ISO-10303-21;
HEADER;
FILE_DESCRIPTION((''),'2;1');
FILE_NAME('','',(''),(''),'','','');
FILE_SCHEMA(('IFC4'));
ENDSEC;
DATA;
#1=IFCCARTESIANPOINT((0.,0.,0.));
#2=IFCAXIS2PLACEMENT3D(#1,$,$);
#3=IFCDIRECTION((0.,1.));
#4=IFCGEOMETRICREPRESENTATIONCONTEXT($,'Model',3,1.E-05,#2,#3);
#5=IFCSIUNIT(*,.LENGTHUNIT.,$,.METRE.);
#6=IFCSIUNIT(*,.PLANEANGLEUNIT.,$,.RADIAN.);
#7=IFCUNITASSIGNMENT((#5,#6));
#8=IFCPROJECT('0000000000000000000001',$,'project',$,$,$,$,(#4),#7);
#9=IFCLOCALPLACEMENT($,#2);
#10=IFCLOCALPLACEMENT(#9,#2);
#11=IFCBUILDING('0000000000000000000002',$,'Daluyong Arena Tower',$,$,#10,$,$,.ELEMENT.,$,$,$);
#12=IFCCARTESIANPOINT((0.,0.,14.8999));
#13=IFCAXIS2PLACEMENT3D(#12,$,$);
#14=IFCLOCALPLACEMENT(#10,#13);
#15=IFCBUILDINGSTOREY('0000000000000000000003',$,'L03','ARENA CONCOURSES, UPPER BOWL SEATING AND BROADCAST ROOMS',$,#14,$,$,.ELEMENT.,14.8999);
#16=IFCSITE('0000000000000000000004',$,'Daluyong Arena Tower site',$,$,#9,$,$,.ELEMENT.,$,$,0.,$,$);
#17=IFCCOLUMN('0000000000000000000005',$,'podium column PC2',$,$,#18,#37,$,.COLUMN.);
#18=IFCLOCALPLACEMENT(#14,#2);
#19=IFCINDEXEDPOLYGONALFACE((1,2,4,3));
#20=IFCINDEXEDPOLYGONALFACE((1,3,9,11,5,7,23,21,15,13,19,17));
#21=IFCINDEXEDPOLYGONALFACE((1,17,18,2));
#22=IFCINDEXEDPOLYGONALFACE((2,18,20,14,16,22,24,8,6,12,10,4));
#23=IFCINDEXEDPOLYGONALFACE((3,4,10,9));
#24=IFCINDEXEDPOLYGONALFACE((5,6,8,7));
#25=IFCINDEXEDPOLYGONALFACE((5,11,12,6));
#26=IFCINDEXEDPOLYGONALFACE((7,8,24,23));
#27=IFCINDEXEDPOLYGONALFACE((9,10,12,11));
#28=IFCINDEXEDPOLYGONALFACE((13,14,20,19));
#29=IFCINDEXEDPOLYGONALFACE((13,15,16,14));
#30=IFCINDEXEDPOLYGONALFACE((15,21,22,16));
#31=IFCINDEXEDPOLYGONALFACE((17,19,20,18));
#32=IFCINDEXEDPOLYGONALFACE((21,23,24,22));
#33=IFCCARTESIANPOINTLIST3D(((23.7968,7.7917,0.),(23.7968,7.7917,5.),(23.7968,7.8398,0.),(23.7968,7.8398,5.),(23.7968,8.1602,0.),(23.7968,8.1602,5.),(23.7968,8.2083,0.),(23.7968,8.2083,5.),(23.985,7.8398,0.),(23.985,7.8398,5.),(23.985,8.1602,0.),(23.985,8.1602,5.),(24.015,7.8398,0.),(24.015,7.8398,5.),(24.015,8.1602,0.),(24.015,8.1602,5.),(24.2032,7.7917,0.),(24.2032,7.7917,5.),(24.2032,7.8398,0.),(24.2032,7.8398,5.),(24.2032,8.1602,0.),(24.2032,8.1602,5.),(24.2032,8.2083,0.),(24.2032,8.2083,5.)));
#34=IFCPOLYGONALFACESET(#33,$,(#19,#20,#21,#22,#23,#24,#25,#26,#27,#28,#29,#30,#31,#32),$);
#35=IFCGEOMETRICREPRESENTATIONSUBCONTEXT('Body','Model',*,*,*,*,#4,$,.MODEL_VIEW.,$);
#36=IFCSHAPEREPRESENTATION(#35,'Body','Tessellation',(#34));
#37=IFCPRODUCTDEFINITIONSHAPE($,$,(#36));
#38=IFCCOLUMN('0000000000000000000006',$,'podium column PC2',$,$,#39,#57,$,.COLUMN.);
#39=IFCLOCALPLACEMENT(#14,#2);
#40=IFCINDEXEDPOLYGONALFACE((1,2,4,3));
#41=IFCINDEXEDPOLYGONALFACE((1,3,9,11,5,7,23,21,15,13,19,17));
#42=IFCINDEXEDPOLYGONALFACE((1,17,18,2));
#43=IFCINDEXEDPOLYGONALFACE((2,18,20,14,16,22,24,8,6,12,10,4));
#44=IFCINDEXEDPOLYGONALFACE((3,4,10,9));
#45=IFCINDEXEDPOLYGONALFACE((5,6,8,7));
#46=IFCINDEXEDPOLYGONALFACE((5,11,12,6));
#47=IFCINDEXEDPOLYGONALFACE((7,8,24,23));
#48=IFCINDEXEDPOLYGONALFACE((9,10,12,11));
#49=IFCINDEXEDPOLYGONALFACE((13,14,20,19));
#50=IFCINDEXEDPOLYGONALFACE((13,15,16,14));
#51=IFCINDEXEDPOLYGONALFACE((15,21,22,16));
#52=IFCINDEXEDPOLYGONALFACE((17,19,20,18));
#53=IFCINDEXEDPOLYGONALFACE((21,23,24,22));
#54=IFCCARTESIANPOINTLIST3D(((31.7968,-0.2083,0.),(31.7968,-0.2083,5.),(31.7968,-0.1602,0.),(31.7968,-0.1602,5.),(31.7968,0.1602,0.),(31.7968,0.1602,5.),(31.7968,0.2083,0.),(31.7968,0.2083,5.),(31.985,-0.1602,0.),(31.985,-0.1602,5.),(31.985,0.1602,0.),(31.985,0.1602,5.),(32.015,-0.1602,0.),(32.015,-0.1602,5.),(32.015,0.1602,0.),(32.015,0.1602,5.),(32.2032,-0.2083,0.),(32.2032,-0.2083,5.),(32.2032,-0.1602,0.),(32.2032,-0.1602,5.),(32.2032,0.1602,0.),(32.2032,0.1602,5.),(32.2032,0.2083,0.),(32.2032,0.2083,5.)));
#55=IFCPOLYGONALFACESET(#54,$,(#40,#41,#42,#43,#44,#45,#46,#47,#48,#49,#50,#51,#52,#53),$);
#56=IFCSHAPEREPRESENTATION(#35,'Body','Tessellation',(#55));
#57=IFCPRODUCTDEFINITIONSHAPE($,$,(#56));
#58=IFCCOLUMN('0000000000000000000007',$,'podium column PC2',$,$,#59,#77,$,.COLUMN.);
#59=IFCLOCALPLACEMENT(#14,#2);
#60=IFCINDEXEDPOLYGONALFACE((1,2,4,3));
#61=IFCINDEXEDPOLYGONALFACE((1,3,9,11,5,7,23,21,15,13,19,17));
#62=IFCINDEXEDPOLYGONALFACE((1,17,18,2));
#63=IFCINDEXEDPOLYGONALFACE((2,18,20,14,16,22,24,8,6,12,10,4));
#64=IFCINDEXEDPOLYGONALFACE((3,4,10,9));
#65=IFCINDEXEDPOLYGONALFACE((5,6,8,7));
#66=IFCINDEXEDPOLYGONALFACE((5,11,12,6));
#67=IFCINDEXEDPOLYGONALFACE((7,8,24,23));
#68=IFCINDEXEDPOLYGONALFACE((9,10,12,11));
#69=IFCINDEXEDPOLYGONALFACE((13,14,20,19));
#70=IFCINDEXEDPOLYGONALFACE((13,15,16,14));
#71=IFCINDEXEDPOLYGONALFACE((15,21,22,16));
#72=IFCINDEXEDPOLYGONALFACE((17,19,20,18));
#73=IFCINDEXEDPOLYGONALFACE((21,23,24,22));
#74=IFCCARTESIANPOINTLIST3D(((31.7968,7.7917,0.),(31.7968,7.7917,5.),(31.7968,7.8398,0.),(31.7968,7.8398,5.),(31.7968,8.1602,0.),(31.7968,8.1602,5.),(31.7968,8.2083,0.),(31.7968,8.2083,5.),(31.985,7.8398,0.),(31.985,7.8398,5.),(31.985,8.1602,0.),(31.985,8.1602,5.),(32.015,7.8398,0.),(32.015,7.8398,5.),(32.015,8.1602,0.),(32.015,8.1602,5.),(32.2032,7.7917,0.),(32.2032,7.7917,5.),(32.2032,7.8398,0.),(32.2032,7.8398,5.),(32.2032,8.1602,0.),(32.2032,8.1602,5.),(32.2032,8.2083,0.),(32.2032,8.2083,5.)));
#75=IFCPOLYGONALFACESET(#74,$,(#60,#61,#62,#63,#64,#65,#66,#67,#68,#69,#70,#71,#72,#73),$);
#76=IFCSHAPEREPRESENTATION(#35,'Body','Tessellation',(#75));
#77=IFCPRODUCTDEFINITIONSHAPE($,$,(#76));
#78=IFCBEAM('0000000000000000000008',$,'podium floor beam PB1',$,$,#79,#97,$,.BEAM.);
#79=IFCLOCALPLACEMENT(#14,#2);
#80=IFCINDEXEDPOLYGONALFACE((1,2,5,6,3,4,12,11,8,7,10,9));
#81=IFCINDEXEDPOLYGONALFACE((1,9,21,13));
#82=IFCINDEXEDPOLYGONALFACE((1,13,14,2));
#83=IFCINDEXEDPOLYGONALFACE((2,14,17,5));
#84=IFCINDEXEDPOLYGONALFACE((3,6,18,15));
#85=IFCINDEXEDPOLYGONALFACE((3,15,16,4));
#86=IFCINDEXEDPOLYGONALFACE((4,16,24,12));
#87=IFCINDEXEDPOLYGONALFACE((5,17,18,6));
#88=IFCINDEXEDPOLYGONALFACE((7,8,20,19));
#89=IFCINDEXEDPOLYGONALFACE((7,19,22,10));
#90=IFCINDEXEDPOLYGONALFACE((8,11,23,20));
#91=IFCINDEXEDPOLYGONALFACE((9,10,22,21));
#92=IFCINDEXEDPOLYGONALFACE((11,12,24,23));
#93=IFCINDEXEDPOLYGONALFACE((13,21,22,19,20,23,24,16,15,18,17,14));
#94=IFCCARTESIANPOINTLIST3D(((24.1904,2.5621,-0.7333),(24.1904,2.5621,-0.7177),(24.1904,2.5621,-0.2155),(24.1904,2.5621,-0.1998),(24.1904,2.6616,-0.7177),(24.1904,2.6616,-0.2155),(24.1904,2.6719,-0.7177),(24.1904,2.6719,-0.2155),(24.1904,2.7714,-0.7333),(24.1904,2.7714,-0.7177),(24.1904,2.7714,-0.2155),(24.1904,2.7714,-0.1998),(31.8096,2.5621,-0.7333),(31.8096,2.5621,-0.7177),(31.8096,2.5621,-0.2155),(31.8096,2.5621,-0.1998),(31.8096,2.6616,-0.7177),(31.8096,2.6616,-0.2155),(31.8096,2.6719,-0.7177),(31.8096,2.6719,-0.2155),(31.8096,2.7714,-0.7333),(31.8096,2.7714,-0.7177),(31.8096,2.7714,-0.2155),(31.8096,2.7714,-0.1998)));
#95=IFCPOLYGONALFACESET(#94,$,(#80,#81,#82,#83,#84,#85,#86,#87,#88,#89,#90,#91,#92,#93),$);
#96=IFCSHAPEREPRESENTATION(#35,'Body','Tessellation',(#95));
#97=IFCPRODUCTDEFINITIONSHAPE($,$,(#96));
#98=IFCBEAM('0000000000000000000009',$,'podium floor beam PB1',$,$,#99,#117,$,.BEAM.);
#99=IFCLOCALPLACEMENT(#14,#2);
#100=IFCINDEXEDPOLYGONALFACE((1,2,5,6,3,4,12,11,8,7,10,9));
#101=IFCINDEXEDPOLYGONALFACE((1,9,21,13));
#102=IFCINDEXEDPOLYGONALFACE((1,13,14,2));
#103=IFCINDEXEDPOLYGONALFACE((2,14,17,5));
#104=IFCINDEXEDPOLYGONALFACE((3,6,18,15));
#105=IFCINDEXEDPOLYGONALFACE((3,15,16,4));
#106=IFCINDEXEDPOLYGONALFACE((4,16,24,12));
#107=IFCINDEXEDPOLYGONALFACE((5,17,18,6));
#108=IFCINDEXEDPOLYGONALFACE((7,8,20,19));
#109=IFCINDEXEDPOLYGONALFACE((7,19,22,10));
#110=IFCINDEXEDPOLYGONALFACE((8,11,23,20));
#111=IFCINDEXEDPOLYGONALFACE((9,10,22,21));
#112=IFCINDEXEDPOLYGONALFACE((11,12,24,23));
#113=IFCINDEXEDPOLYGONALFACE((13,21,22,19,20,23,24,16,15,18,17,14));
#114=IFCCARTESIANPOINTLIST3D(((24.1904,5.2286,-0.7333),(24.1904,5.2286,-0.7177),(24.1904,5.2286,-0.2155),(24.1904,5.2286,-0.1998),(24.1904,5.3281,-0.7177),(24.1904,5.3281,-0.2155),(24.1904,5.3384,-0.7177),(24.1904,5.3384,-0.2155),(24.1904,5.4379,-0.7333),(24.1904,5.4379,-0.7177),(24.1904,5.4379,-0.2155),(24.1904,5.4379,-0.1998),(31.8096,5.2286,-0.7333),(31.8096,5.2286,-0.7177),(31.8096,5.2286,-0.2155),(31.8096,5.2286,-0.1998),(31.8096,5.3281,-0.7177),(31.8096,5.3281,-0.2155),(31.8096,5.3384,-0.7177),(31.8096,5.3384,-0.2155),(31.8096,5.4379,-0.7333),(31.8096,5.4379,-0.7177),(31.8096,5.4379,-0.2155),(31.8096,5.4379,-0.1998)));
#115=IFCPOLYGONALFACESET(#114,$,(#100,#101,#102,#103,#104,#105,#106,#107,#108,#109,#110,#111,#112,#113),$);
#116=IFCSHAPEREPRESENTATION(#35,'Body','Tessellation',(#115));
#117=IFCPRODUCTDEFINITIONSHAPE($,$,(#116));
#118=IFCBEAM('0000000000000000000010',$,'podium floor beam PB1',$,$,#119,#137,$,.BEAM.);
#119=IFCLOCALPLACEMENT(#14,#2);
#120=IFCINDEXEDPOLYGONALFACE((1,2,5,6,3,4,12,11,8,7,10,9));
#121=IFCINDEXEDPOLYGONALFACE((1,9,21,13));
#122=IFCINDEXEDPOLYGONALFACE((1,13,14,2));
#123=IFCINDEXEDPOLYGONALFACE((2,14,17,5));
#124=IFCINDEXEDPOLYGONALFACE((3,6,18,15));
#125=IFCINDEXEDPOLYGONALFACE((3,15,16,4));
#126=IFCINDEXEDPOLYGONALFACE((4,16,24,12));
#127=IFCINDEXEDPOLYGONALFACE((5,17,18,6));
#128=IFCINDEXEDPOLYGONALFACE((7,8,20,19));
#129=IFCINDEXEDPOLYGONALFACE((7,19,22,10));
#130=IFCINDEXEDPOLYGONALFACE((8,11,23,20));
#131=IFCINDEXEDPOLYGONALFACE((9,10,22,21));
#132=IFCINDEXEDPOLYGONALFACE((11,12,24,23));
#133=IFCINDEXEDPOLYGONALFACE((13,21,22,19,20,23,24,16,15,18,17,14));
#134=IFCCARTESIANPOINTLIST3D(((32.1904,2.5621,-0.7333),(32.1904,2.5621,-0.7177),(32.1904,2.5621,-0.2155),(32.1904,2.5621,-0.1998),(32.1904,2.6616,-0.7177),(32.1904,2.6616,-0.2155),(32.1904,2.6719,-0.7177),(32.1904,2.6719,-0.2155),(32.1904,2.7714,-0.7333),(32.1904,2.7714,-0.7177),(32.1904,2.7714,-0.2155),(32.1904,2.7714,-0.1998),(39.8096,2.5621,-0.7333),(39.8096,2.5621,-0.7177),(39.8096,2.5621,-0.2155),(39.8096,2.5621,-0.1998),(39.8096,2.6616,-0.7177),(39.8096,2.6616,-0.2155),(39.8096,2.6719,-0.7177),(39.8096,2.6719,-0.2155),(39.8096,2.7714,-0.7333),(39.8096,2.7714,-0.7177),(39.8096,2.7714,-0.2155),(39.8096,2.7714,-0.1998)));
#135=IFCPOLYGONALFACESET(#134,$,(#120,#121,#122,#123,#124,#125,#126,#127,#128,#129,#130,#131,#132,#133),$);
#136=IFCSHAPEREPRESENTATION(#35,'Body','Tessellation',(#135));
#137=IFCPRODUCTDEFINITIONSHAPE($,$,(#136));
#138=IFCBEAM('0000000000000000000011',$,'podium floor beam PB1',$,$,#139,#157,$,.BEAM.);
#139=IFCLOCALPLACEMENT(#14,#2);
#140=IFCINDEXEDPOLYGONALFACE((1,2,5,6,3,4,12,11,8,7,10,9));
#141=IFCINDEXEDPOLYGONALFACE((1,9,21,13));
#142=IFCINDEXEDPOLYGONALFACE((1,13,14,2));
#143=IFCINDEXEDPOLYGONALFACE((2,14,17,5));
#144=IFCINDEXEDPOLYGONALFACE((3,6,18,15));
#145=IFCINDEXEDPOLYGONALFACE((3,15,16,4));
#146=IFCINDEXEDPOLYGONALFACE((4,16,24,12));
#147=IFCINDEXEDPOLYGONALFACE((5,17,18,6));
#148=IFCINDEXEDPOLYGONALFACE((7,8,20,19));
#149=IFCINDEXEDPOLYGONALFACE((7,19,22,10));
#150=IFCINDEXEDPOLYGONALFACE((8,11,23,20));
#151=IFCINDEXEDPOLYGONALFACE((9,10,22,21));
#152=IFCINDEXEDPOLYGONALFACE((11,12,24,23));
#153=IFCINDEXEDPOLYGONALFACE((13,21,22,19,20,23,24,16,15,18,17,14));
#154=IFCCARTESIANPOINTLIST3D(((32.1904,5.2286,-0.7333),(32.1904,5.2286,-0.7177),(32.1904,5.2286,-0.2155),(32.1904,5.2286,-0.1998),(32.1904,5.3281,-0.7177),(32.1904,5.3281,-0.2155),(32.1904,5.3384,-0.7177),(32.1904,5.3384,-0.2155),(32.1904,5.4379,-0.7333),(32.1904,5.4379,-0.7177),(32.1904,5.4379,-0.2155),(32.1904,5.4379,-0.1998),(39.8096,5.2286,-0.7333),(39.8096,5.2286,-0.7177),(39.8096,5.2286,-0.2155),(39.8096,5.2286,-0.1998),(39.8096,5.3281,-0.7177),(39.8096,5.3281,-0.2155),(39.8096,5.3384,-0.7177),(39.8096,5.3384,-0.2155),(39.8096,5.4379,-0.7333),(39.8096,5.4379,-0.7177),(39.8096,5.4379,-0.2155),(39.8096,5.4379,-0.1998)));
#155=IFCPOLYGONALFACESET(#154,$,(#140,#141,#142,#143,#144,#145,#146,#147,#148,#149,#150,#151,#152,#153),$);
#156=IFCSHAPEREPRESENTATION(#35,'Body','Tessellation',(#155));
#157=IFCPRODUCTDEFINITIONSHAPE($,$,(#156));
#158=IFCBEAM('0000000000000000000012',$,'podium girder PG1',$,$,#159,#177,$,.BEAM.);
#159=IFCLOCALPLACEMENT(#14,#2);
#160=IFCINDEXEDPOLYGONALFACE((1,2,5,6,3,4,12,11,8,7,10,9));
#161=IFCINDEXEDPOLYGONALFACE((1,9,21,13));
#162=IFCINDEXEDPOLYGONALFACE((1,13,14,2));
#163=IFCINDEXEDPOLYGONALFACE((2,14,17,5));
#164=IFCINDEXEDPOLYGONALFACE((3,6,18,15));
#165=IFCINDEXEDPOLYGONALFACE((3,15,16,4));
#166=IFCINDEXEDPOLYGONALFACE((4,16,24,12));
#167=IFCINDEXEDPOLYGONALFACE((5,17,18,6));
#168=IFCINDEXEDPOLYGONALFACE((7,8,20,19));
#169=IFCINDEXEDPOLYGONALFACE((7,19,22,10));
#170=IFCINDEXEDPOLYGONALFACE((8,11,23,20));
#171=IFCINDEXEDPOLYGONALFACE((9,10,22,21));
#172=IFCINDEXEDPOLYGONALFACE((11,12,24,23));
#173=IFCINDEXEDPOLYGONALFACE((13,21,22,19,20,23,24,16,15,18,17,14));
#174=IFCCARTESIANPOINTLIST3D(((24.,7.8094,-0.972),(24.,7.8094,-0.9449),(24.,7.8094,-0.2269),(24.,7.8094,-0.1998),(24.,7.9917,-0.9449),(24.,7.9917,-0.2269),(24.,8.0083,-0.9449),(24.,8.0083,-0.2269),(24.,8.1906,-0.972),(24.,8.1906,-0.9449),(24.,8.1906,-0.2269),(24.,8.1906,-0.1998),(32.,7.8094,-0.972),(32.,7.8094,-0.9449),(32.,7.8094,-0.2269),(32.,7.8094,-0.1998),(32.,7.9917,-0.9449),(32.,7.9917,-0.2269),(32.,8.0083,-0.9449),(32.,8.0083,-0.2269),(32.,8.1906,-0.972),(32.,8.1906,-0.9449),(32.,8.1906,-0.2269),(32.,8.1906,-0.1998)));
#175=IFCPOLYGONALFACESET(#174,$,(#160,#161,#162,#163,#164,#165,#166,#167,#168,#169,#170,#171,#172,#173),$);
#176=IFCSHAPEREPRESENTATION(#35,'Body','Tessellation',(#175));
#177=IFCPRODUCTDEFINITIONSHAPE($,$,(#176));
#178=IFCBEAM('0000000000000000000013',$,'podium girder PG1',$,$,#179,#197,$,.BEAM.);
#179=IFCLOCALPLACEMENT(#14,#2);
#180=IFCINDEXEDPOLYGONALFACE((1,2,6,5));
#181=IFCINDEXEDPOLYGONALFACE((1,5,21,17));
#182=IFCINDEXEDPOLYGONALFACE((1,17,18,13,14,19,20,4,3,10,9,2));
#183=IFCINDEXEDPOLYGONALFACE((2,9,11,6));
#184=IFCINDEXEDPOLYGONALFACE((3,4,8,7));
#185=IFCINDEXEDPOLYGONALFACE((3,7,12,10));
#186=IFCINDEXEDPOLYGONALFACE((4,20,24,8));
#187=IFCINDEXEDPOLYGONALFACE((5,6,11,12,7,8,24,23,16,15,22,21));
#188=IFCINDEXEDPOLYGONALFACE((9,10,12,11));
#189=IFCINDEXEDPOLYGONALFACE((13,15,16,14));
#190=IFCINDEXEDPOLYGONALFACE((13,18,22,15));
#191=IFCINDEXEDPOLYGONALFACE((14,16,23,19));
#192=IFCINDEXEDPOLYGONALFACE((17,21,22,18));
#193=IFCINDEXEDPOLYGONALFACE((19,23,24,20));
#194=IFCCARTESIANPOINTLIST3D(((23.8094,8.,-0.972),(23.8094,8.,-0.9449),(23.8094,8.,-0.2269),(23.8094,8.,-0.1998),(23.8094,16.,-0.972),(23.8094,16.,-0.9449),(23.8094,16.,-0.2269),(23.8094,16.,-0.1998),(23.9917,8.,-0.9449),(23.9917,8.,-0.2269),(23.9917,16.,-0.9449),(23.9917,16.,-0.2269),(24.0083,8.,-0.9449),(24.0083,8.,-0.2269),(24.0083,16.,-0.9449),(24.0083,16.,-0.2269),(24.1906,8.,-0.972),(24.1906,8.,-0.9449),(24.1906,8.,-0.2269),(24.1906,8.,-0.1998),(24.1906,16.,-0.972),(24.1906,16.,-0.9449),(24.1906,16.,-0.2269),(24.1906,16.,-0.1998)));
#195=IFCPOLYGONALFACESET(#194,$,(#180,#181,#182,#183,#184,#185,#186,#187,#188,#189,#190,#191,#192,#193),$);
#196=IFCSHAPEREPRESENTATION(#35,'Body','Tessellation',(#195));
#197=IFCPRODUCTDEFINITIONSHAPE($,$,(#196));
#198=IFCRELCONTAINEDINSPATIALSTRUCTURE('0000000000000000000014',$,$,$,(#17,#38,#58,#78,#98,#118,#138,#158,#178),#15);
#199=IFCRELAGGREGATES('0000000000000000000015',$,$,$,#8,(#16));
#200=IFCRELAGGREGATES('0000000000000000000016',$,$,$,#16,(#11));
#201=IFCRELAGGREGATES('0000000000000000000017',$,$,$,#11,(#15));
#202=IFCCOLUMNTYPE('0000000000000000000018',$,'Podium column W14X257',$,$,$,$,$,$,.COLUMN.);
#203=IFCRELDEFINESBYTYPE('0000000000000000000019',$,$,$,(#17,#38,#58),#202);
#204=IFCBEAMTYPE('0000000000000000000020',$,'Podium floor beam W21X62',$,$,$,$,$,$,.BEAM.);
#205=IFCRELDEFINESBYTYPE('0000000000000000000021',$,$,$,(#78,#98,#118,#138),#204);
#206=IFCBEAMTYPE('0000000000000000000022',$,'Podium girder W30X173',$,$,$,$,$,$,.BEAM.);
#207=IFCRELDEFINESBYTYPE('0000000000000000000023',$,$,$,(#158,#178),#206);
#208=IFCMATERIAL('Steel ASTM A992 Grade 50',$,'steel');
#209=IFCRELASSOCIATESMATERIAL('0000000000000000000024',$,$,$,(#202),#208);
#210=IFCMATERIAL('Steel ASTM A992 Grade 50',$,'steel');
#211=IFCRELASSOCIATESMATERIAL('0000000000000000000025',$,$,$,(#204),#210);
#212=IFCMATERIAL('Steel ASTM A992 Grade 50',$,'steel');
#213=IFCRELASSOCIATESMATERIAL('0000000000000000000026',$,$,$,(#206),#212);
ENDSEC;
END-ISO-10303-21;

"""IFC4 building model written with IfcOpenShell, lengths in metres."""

from ifc_helpers import new_model, si_unit, direction, frame, origin, origin_2d, place, context, subcontext, project, spatial, i_section, extrude, material, material_profile, profile_set, type_object, element, save


model = new_model("IFC4")

# Units and contexts
model_context = context("Model", 3, precision=1e-05, world=origin(), true_north=direction((0.0, 1.0)))
body_context = subcontext(model_context, "Body", "Model", "MODEL_VIEW")
ifc_project = project(units=[si_unit("LENGTHUNIT", "METRE"), si_unit("PLANEANGLEUNIT", "RADIAN")], contexts=[model_context])

# Site, building, storey
site_placement = place(None, origin())
site = spatial("IfcSite", under=ifc_project, at=site_placement, Name="Daluyong Arena Tower site", CompositionType="ELEMENT", RefElevation=0.0)
building_placement = place(site_placement, origin())
building = spatial("IfcBuilding", under=site, at=building_placement, Name="Daluyong Arena Tower", CompositionType="ELEMENT")
storey_placement = place(building_placement, frame((0.0, 0.0, 14.8999)))
storey = spatial("IfcBuildingStorey", under=building, at=storey_placement, Name="L03", Description="ARENA CONCOURSES, UPPER BOWL SEATING AND BROADCAST ROOMS", CompositionType="ELEMENT", Elevation=14.8999)

# Columns
ifc_material_1 = material(Name="Steel ASTM A992 Grade 50", Category="steel")
ifc_material_profile_1 = material_profile(ifc_material_1, i_section(OverallWidth=0.4065, OverallDepth=0.4165, WebThickness=0.03, FlangeThickness=0.0481, at=origin_2d()))
ifc_profile_set_1 = profile_set([ifc_material_profile_1], Name="Steel ASTM A992 Grade 50")
column_type = type_object("IfcColumnType", Name="Podium column W14X257", PredefinedType="COLUMN", material=ifc_profile_set_1)
for number, where, z_axis, x_axis, name in (
    (1, (24.0, 8.0, 0.0), (0.0, 0.0, 1.0), (1.0, 0.0, 0.0), "podium column PC2"),
    (2, (32.0, 0.0, 0.0), (0.0, 0.0, 1.0), (1.0, 0.0, 0.0), "podium column PC2"),
    (3, (32.0, 8.0, 0.0), (0.0, 0.0, 1.0), (1.0, 0.0, 0.0), "podium column PC2"),
):
    element("IfcColumn", number, at=place(storey_placement, frame(where, z_axis=z_axis, x_axis=x_axis)), inside=storey, type_object=column_type, Name=name, PredefinedType="COLUMN", context=body_context, shape_type="SweptSolid", body=[
        extrude(i_section(OverallWidth=0.4065, OverallDepth=0.4165, WebThickness=0.03, FlangeThickness=0.0481, at=origin_2d()), origin(), (0.0, 0.0, 1.0), 5.0),
    ])

# Beams
ifc_material_2 = material(Name="Steel ASTM A992 Grade 50", Category="steel")
ifc_material_profile_2 = material_profile(ifc_material_2, i_section(OverallWidth=0.2092, OverallDepth=0.5334, WebThickness=0.0103, FlangeThickness=0.0156, at=origin_2d()))
ifc_profile_set_2 = profile_set([ifc_material_profile_2], Name="Steel ASTM A992 Grade 50")
beam_type_1 = type_object("IfcBeamType", Name="Podium floor beam W21X62", PredefinedType="BEAM", material=ifc_profile_set_2)
for number, where, z_axis, x_axis, name in (
    (4, (24.1904, 2.6667, -0.4666), (1.0, 0.0, 0.0), (0.0, 1.0, 0.0), "podium floor beam PB1"),
    (5, (24.1904, 5.3333, -0.4666), (1.0, 0.0, 0.0), (0.0, 1.0, 0.0), "podium floor beam PB1"),
    (6, (32.1904, 2.6667, -0.4666), (1.0, 0.0, 0.0), (0.0, 1.0, 0.0), "podium floor beam PB1"),
    (7, (32.1904, 5.3333, -0.4666), (1.0, 0.0, 0.0), (0.0, 1.0, 0.0), "podium floor beam PB1"),
):
    element("IfcBeam", number, at=place(storey_placement, frame(where, z_axis=z_axis, x_axis=x_axis)), inside=storey, type_object=beam_type_1, Name=name, PredefinedType="BEAM", context=body_context, shape_type="SweptSolid", body=[
        extrude(i_section(OverallWidth=0.2092, OverallDepth=0.5334, WebThickness=0.0103, FlangeThickness=0.0156, at=origin_2d()), origin(), (0.0, 0.0, 1.0), 7.6191),
    ])
ifc_material_3 = material(Name="Steel ASTM A992 Grade 50", Category="steel")
ifc_material_profile_3 = material_profile(ifc_material_3, i_section(OverallWidth=0.3811, OverallDepth=0.7722, WebThickness=0.0166, FlangeThickness=0.0271, at=origin_2d()))
ifc_profile_set_3 = profile_set([ifc_material_profile_3], Name="Steel ASTM A992 Grade 50")
beam_type_2 = type_object("IfcBeamType", Name="Podium girder W30X173", PredefinedType="BEAM", material=ifc_profile_set_3)
for number, where, z_axis, x_axis, name in (
    (8, (24.0, 8.0, -0.5859), (1.0, 0.0, 0.0), (0.0, 1.0, 0.0), "podium girder PG1"),
    (9, (24.0, 8.0, -0.5859), (0.0, 1.0, 0.0), (-1.0, 0.0, 0.0), "podium girder PG1"),
):
    element("IfcBeam", number, at=place(storey_placement, frame(where, z_axis=z_axis, x_axis=x_axis)), inside=storey, type_object=beam_type_2, Name=name, PredefinedType="BEAM", context=body_context, shape_type="SweptSolid", body=[
        extrude(i_section(OverallWidth=0.3811, OverallDepth=0.7722, WebThickness=0.0166, FlangeThickness=0.0271, at=origin_2d()), origin(), (0.0, 0.0, 1.0), 8.0),
    ])

save(model, "model.ifc")
